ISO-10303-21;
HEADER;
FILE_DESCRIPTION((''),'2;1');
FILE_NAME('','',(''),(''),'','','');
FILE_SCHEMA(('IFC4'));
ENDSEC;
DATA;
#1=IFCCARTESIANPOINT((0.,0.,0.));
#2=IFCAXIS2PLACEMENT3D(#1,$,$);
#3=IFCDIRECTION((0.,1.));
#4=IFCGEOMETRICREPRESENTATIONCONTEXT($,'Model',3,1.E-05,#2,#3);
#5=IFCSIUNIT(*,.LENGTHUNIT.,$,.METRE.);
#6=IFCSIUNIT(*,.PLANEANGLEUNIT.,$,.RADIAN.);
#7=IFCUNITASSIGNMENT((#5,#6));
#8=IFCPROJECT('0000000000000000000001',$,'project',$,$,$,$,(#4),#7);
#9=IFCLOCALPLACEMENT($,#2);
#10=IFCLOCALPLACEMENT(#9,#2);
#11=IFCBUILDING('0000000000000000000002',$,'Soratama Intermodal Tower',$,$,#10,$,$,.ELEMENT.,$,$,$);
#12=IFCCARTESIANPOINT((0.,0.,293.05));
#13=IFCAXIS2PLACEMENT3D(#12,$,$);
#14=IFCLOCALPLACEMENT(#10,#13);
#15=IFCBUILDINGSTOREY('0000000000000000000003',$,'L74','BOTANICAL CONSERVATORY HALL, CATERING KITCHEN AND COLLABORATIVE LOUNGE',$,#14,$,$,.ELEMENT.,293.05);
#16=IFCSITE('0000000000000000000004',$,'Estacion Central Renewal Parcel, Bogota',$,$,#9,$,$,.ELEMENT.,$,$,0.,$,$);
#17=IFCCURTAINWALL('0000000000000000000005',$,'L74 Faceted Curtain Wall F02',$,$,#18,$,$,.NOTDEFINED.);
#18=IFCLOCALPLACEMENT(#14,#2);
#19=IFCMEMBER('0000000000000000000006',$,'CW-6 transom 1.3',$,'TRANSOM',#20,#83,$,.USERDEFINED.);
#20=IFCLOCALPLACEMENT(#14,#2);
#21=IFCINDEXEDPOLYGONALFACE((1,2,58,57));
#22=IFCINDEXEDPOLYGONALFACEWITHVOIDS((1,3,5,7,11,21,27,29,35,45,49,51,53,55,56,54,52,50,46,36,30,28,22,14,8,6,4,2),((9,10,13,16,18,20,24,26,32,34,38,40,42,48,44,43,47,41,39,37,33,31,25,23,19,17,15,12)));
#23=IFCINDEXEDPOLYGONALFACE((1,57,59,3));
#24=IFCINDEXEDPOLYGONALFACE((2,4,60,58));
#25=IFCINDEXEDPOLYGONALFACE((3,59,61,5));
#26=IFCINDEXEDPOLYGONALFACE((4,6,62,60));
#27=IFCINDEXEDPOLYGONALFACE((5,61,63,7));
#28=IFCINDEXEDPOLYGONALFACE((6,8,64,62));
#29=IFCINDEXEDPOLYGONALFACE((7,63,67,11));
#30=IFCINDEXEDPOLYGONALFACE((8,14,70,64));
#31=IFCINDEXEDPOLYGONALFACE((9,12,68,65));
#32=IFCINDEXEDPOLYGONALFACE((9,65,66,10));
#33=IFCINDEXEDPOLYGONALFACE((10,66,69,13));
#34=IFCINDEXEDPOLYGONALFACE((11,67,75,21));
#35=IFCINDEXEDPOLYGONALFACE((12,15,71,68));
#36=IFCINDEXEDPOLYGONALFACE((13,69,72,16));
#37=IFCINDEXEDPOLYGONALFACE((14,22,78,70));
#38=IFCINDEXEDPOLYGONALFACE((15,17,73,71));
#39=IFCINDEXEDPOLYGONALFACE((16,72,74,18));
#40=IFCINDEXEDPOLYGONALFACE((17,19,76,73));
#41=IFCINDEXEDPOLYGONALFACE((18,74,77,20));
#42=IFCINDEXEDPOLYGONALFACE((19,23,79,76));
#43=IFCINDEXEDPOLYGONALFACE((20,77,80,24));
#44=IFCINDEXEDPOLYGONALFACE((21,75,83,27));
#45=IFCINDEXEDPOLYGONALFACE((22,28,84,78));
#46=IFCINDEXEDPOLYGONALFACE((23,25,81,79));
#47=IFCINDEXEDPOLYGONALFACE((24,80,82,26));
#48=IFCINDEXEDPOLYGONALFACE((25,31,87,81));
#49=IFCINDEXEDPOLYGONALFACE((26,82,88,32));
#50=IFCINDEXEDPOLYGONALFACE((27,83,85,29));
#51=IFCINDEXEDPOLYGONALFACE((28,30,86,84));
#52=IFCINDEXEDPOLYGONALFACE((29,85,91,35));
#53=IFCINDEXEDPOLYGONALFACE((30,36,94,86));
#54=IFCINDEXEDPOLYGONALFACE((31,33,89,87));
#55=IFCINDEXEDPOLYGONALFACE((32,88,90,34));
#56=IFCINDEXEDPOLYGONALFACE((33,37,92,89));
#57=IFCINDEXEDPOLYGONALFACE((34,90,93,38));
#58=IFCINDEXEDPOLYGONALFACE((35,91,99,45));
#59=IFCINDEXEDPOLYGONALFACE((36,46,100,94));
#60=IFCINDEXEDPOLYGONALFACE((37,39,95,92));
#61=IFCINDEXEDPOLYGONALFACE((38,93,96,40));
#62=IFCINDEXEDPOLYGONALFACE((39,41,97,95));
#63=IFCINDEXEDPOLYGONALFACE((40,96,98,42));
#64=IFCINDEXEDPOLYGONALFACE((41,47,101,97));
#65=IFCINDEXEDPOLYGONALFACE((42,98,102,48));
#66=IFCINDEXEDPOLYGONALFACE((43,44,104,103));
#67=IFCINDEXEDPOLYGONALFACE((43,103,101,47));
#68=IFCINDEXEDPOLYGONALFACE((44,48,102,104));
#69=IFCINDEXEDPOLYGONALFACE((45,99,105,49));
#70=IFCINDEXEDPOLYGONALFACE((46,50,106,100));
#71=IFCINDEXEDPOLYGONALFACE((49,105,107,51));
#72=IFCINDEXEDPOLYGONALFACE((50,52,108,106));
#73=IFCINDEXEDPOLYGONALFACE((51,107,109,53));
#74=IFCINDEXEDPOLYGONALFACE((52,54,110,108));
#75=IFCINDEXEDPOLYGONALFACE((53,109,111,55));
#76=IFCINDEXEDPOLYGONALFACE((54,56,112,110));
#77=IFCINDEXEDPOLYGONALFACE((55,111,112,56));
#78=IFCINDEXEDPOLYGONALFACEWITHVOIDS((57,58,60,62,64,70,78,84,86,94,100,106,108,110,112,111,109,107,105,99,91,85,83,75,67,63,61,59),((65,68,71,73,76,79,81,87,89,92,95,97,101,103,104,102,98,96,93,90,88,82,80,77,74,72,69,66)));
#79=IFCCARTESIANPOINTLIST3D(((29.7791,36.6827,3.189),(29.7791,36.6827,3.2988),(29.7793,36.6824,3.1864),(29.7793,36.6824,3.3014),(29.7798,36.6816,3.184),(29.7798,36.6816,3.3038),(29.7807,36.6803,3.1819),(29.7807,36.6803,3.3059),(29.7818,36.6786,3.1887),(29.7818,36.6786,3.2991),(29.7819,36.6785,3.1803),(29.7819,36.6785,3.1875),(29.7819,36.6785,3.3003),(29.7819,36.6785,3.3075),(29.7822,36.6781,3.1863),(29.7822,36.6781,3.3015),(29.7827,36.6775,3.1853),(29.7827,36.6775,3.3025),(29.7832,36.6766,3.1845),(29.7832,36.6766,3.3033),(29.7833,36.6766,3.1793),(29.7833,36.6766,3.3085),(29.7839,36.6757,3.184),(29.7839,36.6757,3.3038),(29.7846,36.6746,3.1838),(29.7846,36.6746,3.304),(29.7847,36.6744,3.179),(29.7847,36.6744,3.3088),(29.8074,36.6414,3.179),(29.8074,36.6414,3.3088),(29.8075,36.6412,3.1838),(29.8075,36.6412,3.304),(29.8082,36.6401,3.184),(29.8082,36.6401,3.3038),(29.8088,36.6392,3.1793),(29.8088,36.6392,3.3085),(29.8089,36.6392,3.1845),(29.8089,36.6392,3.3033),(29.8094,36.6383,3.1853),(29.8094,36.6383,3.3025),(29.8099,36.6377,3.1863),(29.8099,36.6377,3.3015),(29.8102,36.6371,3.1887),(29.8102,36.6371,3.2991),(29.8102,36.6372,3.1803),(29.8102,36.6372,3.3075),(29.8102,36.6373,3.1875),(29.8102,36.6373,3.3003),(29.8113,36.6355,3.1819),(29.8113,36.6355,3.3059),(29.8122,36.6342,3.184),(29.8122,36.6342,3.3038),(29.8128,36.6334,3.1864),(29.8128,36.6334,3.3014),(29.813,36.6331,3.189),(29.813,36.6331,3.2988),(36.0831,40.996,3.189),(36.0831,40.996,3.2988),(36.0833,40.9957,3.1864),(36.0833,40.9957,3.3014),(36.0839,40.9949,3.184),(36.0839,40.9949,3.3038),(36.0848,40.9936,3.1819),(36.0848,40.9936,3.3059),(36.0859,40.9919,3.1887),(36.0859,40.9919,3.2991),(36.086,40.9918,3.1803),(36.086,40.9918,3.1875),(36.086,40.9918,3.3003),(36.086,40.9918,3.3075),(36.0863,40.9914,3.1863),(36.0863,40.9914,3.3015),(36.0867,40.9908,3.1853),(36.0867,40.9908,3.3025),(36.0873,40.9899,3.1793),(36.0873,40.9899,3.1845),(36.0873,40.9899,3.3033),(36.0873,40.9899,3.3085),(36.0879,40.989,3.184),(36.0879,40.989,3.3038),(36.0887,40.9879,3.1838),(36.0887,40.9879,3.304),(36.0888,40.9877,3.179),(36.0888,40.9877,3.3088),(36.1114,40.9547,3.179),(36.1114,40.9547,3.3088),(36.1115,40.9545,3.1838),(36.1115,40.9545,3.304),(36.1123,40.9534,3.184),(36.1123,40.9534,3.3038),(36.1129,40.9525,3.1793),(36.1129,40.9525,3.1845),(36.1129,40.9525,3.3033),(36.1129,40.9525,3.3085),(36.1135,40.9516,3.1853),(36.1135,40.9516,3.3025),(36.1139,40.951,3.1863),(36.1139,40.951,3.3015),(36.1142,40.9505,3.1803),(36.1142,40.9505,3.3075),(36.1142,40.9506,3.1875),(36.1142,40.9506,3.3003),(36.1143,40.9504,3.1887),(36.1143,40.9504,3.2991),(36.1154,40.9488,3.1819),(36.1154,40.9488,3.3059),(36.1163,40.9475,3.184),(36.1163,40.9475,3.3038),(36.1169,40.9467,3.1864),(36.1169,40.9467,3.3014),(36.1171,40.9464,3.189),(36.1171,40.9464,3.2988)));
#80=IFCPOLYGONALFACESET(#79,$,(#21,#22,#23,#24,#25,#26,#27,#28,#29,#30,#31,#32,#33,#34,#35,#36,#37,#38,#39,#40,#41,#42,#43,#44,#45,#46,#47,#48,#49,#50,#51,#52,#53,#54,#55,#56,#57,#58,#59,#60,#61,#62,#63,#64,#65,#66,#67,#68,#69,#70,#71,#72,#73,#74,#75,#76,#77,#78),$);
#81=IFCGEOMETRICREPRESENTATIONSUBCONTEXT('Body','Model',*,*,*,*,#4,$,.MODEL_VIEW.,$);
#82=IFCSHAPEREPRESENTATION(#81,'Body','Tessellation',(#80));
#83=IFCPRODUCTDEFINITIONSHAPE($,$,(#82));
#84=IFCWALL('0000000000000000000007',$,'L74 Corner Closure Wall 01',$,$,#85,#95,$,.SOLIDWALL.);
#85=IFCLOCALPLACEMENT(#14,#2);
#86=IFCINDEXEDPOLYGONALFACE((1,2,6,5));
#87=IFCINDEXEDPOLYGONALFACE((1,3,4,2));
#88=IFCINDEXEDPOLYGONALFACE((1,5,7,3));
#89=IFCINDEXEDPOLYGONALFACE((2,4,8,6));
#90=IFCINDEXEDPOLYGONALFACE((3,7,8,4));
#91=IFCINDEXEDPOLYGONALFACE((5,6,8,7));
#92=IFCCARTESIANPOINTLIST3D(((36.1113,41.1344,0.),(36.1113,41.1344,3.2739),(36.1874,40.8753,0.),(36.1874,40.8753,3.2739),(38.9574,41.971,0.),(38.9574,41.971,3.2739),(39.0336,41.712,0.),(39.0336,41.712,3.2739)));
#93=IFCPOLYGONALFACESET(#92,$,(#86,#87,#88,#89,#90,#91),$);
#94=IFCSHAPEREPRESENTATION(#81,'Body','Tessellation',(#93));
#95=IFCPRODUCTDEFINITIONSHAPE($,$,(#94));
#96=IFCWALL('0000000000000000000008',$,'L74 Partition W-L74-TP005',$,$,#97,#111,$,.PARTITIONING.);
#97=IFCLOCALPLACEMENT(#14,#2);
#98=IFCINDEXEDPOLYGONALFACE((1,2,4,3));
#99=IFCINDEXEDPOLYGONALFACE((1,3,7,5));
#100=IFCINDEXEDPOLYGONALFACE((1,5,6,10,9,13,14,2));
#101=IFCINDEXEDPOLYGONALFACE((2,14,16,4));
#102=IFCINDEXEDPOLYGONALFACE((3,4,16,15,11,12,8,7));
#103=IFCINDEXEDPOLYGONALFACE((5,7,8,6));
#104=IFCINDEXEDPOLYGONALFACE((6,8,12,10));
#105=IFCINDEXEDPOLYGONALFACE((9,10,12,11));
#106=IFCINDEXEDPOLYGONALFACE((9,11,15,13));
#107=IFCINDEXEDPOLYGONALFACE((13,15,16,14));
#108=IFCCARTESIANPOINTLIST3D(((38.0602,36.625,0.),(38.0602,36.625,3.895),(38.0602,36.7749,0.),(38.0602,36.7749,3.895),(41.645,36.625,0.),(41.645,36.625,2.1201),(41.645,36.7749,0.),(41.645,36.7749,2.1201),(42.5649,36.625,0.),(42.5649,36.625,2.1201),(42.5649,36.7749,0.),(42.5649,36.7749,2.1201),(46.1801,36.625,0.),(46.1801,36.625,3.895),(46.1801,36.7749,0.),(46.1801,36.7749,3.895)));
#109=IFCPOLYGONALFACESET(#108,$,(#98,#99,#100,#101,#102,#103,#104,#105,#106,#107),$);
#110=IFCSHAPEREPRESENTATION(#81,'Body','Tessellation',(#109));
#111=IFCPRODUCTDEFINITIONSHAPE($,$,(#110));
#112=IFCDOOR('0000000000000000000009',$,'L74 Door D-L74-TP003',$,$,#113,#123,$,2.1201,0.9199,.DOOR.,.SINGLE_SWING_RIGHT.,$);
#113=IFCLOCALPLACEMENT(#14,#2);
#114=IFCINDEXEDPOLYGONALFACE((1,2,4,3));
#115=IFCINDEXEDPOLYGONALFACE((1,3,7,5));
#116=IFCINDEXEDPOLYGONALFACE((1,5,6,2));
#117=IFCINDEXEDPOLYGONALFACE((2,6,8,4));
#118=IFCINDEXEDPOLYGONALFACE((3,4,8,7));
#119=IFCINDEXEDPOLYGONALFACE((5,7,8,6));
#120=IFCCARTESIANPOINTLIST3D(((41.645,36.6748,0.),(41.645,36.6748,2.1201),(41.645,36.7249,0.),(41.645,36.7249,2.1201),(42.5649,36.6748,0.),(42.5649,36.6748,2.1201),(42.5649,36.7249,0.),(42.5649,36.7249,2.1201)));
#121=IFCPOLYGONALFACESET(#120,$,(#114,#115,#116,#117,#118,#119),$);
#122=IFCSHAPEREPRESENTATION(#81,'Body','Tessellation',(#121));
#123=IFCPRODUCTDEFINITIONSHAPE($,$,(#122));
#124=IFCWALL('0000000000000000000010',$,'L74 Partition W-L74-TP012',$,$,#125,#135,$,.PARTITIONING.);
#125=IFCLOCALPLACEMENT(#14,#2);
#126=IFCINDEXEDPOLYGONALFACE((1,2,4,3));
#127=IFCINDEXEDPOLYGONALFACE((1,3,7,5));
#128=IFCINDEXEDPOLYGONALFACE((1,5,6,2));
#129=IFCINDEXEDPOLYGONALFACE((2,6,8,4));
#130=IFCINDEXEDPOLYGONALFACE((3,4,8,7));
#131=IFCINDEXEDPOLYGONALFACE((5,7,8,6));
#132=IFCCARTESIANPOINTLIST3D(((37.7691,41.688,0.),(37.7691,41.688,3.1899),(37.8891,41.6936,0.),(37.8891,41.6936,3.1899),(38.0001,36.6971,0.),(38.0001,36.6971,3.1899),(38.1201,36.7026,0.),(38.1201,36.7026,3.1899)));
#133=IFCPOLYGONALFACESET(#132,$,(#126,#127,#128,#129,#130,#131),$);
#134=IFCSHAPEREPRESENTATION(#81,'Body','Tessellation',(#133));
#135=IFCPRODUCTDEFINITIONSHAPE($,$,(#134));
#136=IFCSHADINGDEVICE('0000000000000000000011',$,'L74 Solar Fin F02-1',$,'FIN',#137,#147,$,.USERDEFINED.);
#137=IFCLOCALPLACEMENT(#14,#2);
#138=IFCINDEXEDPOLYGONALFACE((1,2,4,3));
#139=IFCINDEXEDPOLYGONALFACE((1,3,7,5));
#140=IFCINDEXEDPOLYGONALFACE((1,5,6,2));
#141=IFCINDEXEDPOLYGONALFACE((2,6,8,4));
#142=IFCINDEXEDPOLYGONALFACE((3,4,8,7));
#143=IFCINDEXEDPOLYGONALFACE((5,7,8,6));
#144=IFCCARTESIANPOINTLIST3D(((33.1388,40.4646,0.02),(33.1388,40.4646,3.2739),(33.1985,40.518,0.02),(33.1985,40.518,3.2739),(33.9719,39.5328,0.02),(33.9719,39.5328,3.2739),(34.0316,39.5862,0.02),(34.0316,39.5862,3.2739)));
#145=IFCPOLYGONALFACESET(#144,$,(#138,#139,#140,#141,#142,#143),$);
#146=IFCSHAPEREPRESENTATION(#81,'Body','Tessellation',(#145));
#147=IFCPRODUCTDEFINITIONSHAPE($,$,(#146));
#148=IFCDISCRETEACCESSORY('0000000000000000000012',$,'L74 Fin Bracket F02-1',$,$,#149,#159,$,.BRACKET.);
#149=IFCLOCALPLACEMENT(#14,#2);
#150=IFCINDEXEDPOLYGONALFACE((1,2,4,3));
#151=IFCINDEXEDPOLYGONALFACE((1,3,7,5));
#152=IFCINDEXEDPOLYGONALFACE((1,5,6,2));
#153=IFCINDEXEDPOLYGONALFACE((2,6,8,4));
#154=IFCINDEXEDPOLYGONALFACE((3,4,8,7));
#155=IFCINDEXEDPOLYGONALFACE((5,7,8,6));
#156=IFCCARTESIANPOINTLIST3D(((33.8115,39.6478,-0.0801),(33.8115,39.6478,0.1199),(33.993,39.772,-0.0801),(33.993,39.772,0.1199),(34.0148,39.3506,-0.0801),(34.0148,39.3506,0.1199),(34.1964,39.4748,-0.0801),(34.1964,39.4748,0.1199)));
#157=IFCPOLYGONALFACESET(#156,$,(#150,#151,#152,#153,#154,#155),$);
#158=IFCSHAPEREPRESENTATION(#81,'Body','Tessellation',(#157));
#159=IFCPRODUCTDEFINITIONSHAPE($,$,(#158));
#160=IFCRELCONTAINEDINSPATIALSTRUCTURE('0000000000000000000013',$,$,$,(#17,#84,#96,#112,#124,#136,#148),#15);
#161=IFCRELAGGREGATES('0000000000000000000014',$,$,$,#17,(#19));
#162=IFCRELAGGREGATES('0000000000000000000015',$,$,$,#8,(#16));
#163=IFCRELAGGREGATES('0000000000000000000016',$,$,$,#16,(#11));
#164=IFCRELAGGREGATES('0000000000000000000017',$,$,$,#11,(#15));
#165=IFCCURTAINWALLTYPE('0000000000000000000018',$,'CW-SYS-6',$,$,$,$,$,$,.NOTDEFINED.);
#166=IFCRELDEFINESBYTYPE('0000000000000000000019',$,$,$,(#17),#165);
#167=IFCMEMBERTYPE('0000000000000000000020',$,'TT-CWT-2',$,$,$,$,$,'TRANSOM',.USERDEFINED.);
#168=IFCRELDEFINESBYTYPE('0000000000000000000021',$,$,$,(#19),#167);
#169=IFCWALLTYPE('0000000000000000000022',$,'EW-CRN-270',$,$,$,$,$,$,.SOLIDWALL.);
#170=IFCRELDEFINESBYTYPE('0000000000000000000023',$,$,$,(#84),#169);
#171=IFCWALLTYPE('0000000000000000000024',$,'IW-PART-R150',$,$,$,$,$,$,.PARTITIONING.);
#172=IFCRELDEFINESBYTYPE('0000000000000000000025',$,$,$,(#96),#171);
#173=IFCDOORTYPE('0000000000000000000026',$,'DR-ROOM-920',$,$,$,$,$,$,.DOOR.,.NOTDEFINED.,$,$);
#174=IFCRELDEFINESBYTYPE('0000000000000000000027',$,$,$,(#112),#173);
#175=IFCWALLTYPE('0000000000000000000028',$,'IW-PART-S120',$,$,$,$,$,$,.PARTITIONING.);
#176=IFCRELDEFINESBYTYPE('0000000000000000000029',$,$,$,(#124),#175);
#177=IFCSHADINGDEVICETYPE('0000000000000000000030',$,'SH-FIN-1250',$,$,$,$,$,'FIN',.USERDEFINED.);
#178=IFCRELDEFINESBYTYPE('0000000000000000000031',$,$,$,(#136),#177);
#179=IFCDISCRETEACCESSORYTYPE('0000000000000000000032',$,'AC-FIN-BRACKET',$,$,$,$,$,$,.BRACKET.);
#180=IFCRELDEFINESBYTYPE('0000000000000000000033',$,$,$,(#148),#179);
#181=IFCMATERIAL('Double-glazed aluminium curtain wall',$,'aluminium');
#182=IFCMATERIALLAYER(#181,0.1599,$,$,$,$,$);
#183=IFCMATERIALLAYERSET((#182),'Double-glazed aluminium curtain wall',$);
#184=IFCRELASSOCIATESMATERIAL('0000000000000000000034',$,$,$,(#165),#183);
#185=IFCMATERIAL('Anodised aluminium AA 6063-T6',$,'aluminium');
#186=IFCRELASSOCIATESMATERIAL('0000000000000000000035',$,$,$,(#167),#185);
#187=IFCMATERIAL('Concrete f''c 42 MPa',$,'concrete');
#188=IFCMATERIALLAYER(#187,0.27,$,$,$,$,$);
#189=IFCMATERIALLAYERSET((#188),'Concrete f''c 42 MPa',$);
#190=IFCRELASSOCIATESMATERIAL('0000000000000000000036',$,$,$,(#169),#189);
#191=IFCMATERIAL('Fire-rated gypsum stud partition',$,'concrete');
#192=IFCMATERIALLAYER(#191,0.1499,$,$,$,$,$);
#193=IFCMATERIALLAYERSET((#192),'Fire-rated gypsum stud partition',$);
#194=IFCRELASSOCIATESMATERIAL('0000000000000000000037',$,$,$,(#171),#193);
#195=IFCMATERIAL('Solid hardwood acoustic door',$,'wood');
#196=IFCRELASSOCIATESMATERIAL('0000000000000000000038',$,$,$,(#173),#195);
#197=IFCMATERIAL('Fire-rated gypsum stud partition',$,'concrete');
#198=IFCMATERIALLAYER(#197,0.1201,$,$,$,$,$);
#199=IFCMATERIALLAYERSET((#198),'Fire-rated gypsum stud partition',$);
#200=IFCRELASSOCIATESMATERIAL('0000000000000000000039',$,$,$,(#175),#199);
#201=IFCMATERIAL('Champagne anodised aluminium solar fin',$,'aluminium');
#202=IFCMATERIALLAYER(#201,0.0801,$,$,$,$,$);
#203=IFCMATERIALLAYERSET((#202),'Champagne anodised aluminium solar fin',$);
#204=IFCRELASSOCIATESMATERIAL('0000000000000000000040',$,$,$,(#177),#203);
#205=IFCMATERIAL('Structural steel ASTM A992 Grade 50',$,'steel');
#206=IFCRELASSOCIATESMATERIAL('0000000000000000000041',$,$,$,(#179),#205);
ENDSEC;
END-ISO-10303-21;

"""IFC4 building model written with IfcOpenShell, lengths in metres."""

from ifc_helpers import new_model, si_unit, direction, frame, frame_2d, origin, origin_2d, place, context, subcontext, project, spatial, rectangle, hollow_rectangle, extrude, material, layer, layer_set, material_profile, profile_set, type_object, element, fill, aggregate, save


model = new_model("IFC4")

# Units and contexts
model_context = context("Model", 3, precision=1e-05, world=origin(), true_north=direction((0.0, 1.0)))
body_context = subcontext(model_context, "Body", "Model", "MODEL_VIEW")
ifc_project = project(units=[si_unit("LENGTHUNIT", "METRE"), si_unit("PLANEANGLEUNIT", "RADIAN")], contexts=[model_context])

# Site, building, storey
site_placement = place(None, origin())
site = spatial("IfcSite", under=ifc_project, at=site_placement, Name="Estacion Central Renewal Parcel, Bogota", CompositionType="ELEMENT", RefElevation=0.0)
building_placement = place(site_placement, origin())
building = spatial("IfcBuilding", under=site, at=building_placement, Name="Soratama Intermodal Tower", CompositionType="ELEMENT")
storey_placement = place(building_placement, frame((0.0, 0.0, 293.05)))
storey = spatial("IfcBuildingStorey", under=building, at=storey_placement, Name="L74", Description="BOTANICAL CONSERVATORY HALL, CATERING KITCHEN AND COLLABORATIVE LOUNGE", CompositionType="ELEMENT", Elevation=293.05)

# Shared definitions
ifc_material_1 = material(Name="Double-glazed aluminium curtain wall", Category="aluminium")
ifc_layer_1 = layer(ifc_material_1, 0.1599)
ifc_layer_set_1 = layer_set([ifc_layer_1], Name="Double-glazed aluminium curtain wall")
curtain_wall_type = type_object("IfcCurtainWallType", Name="CW-SYS-6", PredefinedType="NOTDEFINED", material=ifc_layer_set_1)

# Curtain wall, member
curtain_wall_1_placement = place(storey_placement, origin())
curtain_wall_1 = element("IfcCurtainWall", 1, at=curtain_wall_1_placement, inside=storey, type_object=curtain_wall_type, Name="L74 Faceted Curtain Wall F02", PredefinedType="NOTDEFINED")
ifc_material_2 = material(Name="Anodised aluminium AA 6063-T6", Category="aluminium")
ifc_material_profile_1 = material_profile(ifc_material_2, hollow_rectangle(XDim=0.0601, YDim=0.1299, WallThickness=0.0049, InnerFilletRadius=0.0049, OuterFilletRadius=0.01, at=origin_2d()), Name="CWT130X60X5")
ifc_profile_set_1 = profile_set([ifc_material_profile_1], Name="Anodised aluminium AA 6063-T6")
member_type_1 = type_object("IfcMemberType", Name="TT-CWT-2", ElementType="TRANSOM", PredefinedType="USERDEFINED", material=ifc_profile_set_1)
member_1_placement = place(storey_placement, frame((36.1001, 40.9712, 3.2439), z_axis=(-0.825307, -0.564684, 0.0), x_axis=(0.564684, -0.825307, 0.0)))
member_1 = element("IfcMember", 2, at=member_1_placement, type_object=member_type_1, Name="CW-6 transom 1.3", ObjectType="TRANSOM", PredefinedType="USERDEFINED", context=body_context, shape_type="SweptSolid", body=[
    extrude(hollow_rectangle(XDim=0.0601, YDim=0.1299, WallThickness=0.0049, InnerFilletRadius=0.0049, OuterFilletRadius=0.01, at=origin_2d()), origin(), (0.0, 0.0, 1.0), 7.6384),
])
aggregate(curtain_wall_1, [member_1])

# Wall
ifc_material_3 = material(Name="Concrete f'c 42 MPa", Category="concrete")
ifc_layer_2 = layer(ifc_material_3, 0.27)
ifc_layer_set_2 = layer_set([ifc_layer_2], Name="Concrete f'c 42 MPa")
wall_type_1 = type_object("IfcWallType", Name="EW-CRN-270", PredefinedType="SOLIDWALL", material=ifc_layer_set_2)
wall_1_placement = place(storey_placement, frame((38.9956, 41.8416, 0.0), z_axis=(0.0, 0.0, 1.0), x_axis=(-0.959406, -0.282028, 0.0)))
element("IfcWall", 3, at=wall_1_placement, inside=storey, type_object=wall_type_1, Name="L74 Corner Closure Wall 01", PredefinedType="SOLIDWALL", context=body_context, shape_type="SweptSolid", body=[
    extrude(rectangle(XDim=2.9666, YDim=0.27, at=frame_2d((1.4834, 0.0))), origin(), (0.0, 0.0, 1.0), 3.2739),
])

# Wall, opening, door
ifc_material_4 = material(Name="Fire-rated gypsum stud partition", Category="concrete")
ifc_layer_3 = layer(ifc_material_4, 0.1499)
ifc_layer_set_3 = layer_set([ifc_layer_3], Name="Fire-rated gypsum stud partition")
wall_type_2 = type_object("IfcWallType", Name="IW-PART-R150", PredefinedType="PARTITIONING", material=ifc_layer_set_3)
wall_2_placement = place(storey_placement, frame((38.0601, 36.7, 0.0), z_axis=(0.0, 0.0, 1.0), x_axis=(1.0, 0.0, 0.0)))
wall_2 = element("IfcWall", 4, at=wall_2_placement, inside=storey, type_object=wall_type_2, Name="L74 Partition W-L74-TP005", PredefinedType="PARTITIONING", context=body_context, shape_type="SweptSolid", body=[
    extrude(rectangle(XDim=8.1199, YDim=0.1499, at=frame_2d((4.0601, 0.0))), origin(), (0.0, 0.0, 1.0), 3.895),
])
opening_placement = place(wall_2_placement, frame((3.585, 0.0, 0.0)))
opening = element("IfcOpeningElement", 5, at=opening_placement, cuts=wall_2, PredefinedType="OPENING", context=body_context, shape_type="SweptSolid", body=[
    extrude(rectangle(XDim=0.9199, YDim=2.1201, at=frame_2d((0.46, 1.0601))), frame((0.0, 0.085, 0.0), z_axis=(0.0, -1.0, 0.0), x_axis=(1.0, 0.0, 0.0)), (0.0, 0.0, 1.0), 0.1699),
])
ifc_material_5 = material(Name="Solid hardwood acoustic door", Category="wood")
door_type = type_object("IfcDoorType", Name="DR-ROOM-920", OperationType="NOTDEFINED", PredefinedType="DOOR", material=ifc_material_5)
door_placement = place(opening_placement, origin())
door = element("IfcDoor", 6, at=door_placement, inside=storey, type_object=door_type, Name="L74 Door D-L74-TP003", OperationType="SINGLE_SWING_RIGHT", OverallHeight=2.1201, OverallWidth=0.9199, PredefinedType="DOOR", context=body_context, shape_type="SweptSolid", body=[
    extrude(rectangle(XDim=0.9199, YDim=2.1201, at=frame_2d((0.46, 1.0601))), frame((0.0, 0.0249, 0.0), z_axis=(0.0, -1.0, 0.0), x_axis=(1.0, 0.0, 0.0)), (0.0, 0.0, 1.0), 0.05),
])
fill(opening, door)

# Wall
ifc_material_6 = material(Name="Fire-rated gypsum stud partition", Category="concrete")
ifc_layer_4 = layer(ifc_material_6, 0.1201)
ifc_layer_set_4 = layer_set([ifc_layer_4], Name="Fire-rated gypsum stud partition")
wall_type_3 = type_object("IfcWallType", Name="IW-PART-S120", PredefinedType="PARTITIONING", material=ifc_layer_set_4)
wall_3_placement = place(storey_placement, frame((38.0601, 36.7, 0.0), z_axis=(0.0, 0.0, 1.0), x_axis=(-0.046226, 0.998931, 0.0)))
element("IfcWall", 7, at=wall_3_placement, inside=storey, type_object=wall_type_3, Name="L74 Partition W-L74-TP012", PredefinedType="PARTITIONING", context=body_context, shape_type="SweptSolid", body=[
    extrude(rectangle(XDim=4.9963, YDim=0.1201, at=frame_2d((2.498, 0.0))), origin(), (0.0, 0.0, 1.0), 3.1899),
])

# Shading device
ifc_material_7 = material(Name="Champagne anodised aluminium solar fin", Category="aluminium")
ifc_layer_5 = layer(ifc_material_7, 0.0801)
ifc_layer_set_5 = layer_set([ifc_layer_5], Name="Champagne anodised aluminium solar fin")
shading_device_type = type_object("IfcShadingDeviceType", Name="SH-FIN-1250", ElementType="FIN", PredefinedType="USERDEFINED", material=ifc_layer_set_5)
shading_device_placement = place(storey_placement, frame((33.5852, 40.0254, 0.02), z_axis=(0.0, 0.0, 1.0), x_axis=(-0.666532, 0.745476, 0.0)))
element("IfcShadingDevice", 8, at=shading_device_placement, inside=storey, type_object=shading_device_type, Name="L74 Solar Fin F02-1", ObjectType="FIN", PredefinedType="USERDEFINED", context=body_context, shape_type="SweptSolid", body=[
    extrude(rectangle(XDim=1.25, YDim=0.0801, at=origin_2d()), origin(), (0.0, 0.0, 1.0), 3.2539),
])

# Discrete accessory
ifc_material_8 = material(Name="Structural steel ASTM A992 Grade 50", Category="steel")
discrete_accessory_type = type_object("IfcDiscreteAccessoryType", Name="AC-FIN-BRACKET", PredefinedType="BRACKET", material=ifc_material_8)
discrete_accessory_placement = place(storey_placement, frame((34.0039, 39.5613, -0.0801), z_axis=(0.0, 0.0, 1.0), x_axis=(-0.564679, 0.825311, 0.0)))
element("IfcDiscreteAccessory", 9, at=discrete_accessory_placement, inside=storey, type_object=discrete_accessory_type, Name="L74 Fin Bracket F02-1", PredefinedType="BRACKET", context=body_context, shape_type="SweptSolid", body=[
    extrude(rectangle(XDim=0.3601, YDim=0.22, at=origin_2d()), origin(), (0.0, 0.0, 1.0), 0.2),
])

save(model, "model.ifc")
